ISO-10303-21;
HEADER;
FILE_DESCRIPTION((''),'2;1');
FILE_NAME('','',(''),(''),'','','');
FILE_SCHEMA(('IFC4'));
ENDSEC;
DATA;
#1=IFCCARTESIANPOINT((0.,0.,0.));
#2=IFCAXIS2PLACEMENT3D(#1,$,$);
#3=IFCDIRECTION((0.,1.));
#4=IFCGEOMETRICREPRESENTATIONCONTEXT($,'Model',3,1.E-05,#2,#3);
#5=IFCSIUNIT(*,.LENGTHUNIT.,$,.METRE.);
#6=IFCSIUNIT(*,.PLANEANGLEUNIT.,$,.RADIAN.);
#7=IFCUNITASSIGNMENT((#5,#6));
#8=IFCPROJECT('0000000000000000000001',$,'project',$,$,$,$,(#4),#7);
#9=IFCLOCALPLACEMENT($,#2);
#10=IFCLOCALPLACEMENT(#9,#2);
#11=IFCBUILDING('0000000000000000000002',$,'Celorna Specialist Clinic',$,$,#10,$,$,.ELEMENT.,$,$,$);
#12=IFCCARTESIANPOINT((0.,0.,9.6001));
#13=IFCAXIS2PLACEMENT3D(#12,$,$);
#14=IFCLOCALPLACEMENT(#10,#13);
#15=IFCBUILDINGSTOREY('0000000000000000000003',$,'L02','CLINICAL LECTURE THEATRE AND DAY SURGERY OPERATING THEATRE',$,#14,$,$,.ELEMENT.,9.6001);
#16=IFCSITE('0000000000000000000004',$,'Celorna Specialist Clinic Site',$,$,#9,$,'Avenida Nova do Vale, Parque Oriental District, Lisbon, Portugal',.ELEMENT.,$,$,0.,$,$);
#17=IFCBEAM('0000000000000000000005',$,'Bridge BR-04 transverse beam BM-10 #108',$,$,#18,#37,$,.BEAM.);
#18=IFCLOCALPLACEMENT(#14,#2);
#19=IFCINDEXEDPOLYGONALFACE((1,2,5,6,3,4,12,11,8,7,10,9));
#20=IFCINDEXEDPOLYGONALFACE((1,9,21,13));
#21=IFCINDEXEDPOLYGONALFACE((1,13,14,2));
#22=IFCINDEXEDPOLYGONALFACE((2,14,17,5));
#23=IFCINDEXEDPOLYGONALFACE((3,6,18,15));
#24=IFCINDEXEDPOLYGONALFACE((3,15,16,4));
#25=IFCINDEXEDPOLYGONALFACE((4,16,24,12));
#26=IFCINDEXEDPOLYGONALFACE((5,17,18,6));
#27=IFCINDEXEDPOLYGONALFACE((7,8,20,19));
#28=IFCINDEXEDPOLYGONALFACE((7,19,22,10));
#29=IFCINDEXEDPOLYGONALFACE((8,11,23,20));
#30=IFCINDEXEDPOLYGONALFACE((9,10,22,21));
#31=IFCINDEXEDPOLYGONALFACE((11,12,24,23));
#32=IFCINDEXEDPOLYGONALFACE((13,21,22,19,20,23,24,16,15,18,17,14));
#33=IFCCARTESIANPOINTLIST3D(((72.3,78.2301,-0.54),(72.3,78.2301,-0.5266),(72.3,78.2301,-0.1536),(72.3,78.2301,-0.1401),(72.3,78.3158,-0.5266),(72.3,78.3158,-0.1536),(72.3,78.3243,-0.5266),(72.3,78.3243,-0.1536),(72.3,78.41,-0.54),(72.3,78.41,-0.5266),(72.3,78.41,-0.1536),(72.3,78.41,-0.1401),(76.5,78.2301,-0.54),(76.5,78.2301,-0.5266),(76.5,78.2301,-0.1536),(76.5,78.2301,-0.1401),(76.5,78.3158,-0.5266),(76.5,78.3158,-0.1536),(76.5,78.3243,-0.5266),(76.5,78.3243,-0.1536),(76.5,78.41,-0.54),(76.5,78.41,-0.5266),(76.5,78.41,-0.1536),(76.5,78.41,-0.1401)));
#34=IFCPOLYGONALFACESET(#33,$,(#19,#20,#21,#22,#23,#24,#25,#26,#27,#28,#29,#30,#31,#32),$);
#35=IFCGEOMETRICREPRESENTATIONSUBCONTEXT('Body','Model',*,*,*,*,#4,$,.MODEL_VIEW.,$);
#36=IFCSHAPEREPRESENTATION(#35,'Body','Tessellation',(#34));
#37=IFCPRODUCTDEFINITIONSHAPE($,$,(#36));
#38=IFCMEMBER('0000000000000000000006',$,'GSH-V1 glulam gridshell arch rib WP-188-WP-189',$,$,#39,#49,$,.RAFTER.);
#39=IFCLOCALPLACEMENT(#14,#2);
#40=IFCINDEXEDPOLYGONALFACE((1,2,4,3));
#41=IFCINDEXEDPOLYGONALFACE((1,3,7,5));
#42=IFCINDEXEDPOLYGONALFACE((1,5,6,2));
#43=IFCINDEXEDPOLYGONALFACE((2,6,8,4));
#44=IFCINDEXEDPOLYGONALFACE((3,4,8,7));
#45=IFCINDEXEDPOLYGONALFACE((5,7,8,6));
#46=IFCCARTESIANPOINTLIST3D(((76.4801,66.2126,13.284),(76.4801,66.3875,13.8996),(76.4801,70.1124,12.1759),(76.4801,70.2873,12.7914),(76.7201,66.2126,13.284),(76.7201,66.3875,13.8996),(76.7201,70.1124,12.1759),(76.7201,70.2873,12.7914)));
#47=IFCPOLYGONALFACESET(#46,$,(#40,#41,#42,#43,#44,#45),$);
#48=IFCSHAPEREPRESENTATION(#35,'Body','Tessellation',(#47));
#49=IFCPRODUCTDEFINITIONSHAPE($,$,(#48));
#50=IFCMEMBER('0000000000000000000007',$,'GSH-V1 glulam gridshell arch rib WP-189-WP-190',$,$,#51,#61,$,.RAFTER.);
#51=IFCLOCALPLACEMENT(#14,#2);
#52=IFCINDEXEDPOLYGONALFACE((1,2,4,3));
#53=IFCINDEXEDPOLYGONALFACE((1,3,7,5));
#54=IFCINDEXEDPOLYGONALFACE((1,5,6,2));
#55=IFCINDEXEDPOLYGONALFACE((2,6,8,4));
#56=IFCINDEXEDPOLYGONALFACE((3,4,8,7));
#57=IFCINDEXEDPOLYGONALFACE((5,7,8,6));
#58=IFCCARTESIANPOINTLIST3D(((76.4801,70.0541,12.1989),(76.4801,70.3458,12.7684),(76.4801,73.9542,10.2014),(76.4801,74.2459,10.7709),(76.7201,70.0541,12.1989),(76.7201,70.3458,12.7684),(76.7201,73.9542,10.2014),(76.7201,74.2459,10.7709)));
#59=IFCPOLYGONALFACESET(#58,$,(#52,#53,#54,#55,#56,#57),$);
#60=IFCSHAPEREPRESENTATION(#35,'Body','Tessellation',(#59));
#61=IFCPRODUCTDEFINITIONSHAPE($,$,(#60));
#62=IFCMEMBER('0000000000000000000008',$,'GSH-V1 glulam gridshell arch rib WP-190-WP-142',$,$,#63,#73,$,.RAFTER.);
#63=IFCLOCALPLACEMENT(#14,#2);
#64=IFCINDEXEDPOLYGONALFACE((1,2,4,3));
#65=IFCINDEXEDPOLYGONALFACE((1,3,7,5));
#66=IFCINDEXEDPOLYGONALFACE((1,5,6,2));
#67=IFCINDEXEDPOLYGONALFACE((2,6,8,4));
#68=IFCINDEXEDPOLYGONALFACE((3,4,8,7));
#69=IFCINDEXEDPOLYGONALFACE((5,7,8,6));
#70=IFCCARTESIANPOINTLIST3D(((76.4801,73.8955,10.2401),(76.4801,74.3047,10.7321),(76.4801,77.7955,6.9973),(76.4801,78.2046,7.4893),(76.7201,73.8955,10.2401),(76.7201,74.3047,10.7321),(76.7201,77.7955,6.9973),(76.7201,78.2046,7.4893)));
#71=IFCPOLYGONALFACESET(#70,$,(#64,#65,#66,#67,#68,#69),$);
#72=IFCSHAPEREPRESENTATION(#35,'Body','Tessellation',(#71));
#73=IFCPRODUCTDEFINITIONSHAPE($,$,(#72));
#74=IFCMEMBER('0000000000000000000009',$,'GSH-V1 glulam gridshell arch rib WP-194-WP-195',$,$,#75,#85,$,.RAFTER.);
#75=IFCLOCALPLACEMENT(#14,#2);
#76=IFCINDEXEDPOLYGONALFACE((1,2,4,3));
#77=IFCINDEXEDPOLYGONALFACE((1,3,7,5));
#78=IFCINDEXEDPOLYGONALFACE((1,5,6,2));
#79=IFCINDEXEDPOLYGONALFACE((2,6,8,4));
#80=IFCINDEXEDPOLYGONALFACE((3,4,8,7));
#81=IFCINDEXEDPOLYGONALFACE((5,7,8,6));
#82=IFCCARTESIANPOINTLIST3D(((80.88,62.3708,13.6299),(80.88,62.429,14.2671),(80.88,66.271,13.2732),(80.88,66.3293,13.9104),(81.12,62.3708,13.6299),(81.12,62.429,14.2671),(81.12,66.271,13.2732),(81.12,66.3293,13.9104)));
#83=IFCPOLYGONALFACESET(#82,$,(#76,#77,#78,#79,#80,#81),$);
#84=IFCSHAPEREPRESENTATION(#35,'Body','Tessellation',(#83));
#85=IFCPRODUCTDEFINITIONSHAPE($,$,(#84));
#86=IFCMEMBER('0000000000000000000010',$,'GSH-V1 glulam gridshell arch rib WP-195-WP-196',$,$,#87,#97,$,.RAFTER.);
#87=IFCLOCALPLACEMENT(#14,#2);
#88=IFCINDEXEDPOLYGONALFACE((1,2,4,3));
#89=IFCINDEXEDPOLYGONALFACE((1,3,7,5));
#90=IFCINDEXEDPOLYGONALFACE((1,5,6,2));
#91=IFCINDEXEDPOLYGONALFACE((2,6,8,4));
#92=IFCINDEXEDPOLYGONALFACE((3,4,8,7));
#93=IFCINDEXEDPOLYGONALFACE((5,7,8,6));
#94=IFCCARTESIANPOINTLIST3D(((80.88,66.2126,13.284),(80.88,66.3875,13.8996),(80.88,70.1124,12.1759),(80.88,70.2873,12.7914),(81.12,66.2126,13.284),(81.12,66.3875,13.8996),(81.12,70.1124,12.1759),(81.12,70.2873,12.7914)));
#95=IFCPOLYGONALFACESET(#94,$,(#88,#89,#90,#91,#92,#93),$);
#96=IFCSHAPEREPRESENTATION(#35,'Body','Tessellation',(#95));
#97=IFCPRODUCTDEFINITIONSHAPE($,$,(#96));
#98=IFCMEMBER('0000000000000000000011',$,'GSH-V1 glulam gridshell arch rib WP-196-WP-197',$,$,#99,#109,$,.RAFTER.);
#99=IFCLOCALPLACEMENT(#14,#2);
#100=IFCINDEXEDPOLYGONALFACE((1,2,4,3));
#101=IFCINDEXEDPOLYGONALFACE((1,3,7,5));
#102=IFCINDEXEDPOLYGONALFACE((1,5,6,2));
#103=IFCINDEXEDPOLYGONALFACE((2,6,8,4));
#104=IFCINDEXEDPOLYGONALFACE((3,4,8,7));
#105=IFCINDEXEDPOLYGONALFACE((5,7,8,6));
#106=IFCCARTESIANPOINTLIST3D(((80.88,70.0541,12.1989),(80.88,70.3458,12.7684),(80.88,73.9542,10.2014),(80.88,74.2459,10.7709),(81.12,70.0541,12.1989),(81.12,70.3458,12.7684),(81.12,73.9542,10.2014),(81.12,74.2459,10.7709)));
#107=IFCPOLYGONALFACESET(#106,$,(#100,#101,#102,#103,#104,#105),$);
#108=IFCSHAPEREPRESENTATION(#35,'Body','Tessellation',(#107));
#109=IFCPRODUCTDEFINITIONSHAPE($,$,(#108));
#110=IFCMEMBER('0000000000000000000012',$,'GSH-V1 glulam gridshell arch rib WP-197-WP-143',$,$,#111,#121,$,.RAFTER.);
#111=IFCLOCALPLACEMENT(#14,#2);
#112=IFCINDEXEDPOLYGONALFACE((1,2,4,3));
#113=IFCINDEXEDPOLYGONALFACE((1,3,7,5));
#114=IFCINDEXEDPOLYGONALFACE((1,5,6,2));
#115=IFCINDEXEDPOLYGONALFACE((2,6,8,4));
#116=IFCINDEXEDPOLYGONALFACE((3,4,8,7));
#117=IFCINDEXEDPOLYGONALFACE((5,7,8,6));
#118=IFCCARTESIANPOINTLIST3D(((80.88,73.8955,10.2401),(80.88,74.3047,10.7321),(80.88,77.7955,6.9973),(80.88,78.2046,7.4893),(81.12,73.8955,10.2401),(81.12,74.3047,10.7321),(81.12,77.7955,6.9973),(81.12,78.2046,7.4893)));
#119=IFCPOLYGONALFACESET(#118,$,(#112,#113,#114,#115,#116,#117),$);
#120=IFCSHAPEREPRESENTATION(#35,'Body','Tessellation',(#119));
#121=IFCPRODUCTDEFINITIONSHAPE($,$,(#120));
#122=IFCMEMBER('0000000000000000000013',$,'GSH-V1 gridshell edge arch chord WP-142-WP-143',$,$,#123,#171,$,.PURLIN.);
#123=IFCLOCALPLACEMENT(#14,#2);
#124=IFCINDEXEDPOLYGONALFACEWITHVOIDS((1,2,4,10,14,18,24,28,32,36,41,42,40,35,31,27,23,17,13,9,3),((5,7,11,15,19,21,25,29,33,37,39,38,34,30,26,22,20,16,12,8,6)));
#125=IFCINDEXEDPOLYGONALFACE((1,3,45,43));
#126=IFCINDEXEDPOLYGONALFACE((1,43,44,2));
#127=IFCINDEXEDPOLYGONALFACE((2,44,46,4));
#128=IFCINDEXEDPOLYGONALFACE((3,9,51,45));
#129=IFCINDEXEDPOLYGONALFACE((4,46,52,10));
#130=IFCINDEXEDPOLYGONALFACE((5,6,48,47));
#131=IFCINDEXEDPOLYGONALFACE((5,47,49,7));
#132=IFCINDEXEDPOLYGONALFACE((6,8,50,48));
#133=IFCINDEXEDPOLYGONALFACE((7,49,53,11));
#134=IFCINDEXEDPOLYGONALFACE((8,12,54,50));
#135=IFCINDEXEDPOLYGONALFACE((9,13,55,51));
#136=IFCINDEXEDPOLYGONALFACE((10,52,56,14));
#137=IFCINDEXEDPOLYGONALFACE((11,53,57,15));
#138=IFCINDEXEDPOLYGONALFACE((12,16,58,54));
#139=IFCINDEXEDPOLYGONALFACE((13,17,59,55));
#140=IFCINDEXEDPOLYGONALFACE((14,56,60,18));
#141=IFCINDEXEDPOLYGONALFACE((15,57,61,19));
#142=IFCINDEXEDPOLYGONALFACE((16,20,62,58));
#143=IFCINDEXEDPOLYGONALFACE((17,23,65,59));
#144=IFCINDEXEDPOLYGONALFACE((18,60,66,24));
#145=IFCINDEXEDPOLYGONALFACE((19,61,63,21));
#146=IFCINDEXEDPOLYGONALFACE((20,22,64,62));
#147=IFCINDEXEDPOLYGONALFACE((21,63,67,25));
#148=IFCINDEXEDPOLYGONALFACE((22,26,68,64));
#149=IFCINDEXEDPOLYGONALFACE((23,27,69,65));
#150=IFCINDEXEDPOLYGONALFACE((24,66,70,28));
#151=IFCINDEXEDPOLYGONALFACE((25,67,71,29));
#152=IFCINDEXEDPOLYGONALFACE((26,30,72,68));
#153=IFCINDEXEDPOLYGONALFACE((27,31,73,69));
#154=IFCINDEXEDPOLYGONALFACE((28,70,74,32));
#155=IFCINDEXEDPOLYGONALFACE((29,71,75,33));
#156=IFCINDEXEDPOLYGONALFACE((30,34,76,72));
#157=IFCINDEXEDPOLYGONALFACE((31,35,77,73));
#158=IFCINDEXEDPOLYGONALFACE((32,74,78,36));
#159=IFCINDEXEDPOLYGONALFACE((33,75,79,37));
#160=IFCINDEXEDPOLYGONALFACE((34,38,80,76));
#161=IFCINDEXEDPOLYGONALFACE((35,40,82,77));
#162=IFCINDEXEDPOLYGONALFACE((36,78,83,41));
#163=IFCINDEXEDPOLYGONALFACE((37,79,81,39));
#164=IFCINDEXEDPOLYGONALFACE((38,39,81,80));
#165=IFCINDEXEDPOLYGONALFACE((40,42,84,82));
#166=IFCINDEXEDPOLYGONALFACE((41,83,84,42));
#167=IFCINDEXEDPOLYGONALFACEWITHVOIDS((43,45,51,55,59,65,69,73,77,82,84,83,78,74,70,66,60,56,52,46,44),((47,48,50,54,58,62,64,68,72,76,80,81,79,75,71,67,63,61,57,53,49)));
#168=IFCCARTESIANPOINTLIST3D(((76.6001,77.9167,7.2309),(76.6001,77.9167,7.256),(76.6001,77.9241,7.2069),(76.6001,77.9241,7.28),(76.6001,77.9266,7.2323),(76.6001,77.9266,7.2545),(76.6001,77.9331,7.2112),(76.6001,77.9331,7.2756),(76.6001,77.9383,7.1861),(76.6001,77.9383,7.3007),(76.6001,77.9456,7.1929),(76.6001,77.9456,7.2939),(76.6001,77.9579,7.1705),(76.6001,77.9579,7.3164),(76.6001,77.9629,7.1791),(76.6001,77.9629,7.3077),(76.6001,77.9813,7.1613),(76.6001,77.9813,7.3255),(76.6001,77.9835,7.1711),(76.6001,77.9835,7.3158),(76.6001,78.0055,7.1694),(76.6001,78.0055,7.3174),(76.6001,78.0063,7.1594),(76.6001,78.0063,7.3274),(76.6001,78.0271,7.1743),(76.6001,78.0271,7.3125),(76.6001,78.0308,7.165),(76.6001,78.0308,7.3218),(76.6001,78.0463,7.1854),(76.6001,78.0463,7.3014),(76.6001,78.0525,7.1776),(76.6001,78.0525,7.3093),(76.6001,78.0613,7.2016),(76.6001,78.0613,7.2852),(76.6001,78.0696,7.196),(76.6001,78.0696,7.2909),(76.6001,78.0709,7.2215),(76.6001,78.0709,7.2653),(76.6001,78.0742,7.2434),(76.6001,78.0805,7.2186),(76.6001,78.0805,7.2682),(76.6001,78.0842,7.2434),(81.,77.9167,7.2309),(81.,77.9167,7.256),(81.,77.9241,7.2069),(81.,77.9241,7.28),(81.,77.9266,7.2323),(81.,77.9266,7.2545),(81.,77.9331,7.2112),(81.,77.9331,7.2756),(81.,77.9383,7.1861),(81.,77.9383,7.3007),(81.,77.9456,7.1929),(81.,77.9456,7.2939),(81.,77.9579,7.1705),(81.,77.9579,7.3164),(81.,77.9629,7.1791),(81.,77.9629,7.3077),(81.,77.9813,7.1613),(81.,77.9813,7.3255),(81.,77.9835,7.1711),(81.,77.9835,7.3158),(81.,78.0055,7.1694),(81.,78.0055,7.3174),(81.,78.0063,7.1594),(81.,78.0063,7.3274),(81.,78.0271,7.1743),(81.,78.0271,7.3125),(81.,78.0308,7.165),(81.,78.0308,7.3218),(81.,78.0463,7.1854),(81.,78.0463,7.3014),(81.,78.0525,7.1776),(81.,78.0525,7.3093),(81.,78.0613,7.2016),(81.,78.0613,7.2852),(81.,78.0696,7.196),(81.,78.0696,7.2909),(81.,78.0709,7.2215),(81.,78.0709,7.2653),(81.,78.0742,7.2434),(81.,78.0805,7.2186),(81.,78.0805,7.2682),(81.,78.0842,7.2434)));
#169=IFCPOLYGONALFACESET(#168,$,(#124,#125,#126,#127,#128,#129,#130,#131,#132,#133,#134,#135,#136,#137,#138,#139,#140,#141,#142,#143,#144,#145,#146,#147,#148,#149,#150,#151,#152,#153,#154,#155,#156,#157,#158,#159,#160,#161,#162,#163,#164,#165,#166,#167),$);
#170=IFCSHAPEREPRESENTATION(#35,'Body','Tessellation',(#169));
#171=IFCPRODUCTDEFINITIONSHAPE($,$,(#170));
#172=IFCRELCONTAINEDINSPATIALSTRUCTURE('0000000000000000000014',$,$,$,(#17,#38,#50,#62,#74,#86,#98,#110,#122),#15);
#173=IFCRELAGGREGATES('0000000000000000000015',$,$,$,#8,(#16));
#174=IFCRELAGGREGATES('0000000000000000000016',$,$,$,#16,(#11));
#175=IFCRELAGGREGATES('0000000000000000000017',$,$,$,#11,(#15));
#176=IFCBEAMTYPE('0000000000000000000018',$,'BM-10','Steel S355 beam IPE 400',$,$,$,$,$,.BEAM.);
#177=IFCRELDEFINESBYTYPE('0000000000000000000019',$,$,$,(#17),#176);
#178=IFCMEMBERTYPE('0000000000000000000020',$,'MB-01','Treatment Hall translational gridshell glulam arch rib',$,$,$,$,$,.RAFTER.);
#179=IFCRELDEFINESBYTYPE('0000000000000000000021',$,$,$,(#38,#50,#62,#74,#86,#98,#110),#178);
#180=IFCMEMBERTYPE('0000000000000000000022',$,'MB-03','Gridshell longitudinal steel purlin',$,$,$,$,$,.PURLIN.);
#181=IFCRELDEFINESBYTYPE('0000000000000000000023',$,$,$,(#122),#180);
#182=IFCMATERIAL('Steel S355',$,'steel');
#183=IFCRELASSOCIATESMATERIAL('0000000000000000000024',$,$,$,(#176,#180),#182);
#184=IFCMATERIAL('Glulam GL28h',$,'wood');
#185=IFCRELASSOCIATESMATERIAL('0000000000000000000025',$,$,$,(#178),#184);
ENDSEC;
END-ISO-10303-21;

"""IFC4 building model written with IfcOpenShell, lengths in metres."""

from ifc_helpers import new_model, si_unit, direction, frame, origin, origin_2d, place, context, subcontext, project, spatial, rectangle, hollow_circle, i_section, extrude, material, material_profile, profile_set, type_object, element, save


model = new_model("IFC4")

# Units and contexts
model_context = context("Model", 3, precision=1e-05, world=origin(), true_north=direction((0.0, 1.0)))
body_context = subcontext(model_context, "Body", "Model", "MODEL_VIEW")
ifc_project = project(units=[si_unit("LENGTHUNIT", "METRE"), si_unit("PLANEANGLEUNIT", "RADIAN")], contexts=[model_context])

# Site, building, storey
site_placement = place(None, origin())
site = spatial("IfcSite", under=ifc_project, at=site_placement, Name="Celorna Specialist Clinic Site", LongName="Avenida Nova do Vale, Parque Oriental District, Lisbon, Portugal", CompositionType="ELEMENT", RefElevation=0.0)
building_placement = place(site_placement, origin())
building = spatial("IfcBuilding", under=site, at=building_placement, Name="Celorna Specialist Clinic", CompositionType="ELEMENT")
storey_placement = place(building_placement, frame((0.0, 0.0, 9.6001)))
storey = spatial("IfcBuildingStorey", under=building, at=storey_placement, Name="L02", Description="CLINICAL LECTURE THEATRE AND DAY SURGERY OPERATING THEATRE", CompositionType="ELEMENT", Elevation=9.6001)

# Shared definitions
ifc_material_1 = material(Name="Steel S355", Category="steel")

# Beam
ifc_material_profile_1 = material_profile(ifc_material_1, i_section(OverallWidth=0.1799, OverallDepth=0.3999, WebThickness=0.0085, FlangeThickness=0.0134, at=origin_2d()), Name="IPE 400")
ifc_profile_set_1 = profile_set([ifc_material_profile_1], Name="Steel S355")
beam_type_1 = type_object("IfcBeamType", Name="BM-10", Description="Steel S355 beam IPE 400", PredefinedType="BEAM", material=ifc_profile_set_1)
beam_placement = place(storey_placement, frame((72.3, 78.3201, -0.3401), z_axis=(1.0, 0.0, 0.0), x_axis=(0.0, 1.0, 0.0)))
element("IfcBeam", 1, at=beam_placement, inside=storey, type_object=beam_type_1, Name="Bridge BR-04 transverse beam BM-10 #108", PredefinedType="BEAM", context=body_context, shape_type="SweptSolid", body=[
    extrude(i_section(OverallWidth=0.1799, OverallDepth=0.3999, WebThickness=0.0085, FlangeThickness=0.0134, at=origin_2d()), origin(), (0.0, 0.0, 1.0), 4.2),
])

# Members
ifc_material_2 = material(Name="Glulam GL28h", Category="wood")
ifc_material_profile_2 = material_profile(ifc_material_2, rectangle(XDim=0.24, YDim=0.6399, at=origin_2d()), Name="GL28h 240x640")
ifc_profile_set_2 = profile_set([ifc_material_profile_2], Name="Glulam GL28h")
member_type_1 = type_object("IfcMemberType", Name="MB-01", Description="Treatment Hall translational gridshell glulam arch rib", PredefinedType="RAFTER", material=ifc_profile_set_2)
member_1_placement = place(storey_placement, frame((76.6001, 66.3, 13.5918), z_axis=(0.0, 0.961921, -0.273329), x_axis=(-1.0, 0.0, 0.0)))
element("IfcMember", 2, at=member_1_placement, inside=storey, type_object=member_type_1, Name="GSH-V1 glulam gridshell arch rib WP-188-WP-189", PredefinedType="RAFTER", context=body_context, shape_type="SweptSolid", body=[
    extrude(rectangle(XDim=0.24, YDim=0.6399, at=origin_2d()), origin(), (0.0, 0.0, 1.0), 4.0542),
])
member_2_placement = place(storey_placement, frame((76.6001, 70.2, 12.4836), z_axis=(0.0, 0.890051, -0.455862), x_axis=(-1.0, 0.0, 0.0)))
element("IfcMember", 3, at=member_2_placement, inside=storey, type_object=member_type_1, Name="GSH-V1 glulam gridshell arch rib WP-189-WP-190", PredefinedType="RAFTER", context=body_context, shape_type="SweptSolid", body=[
    extrude(rectangle(XDim=0.24, YDim=0.6399, at=origin_2d()), origin(), (0.0, 0.0, 1.0), 4.3818),
])
member_3_placement = place(storey_placement, frame((76.6001, 74.1001, 10.4861), z_axis=(0.0, 0.768923, -0.639341), x_axis=(-1.0, 0.0, 0.0)))
element("IfcMember", 4, at=member_3_placement, inside=storey, type_object=member_type_1, Name="GSH-V1 glulam gridshell arch rib WP-190-WP-142", PredefinedType="RAFTER", context=body_context, shape_type="SweptSolid", body=[
    extrude(rectangle(XDim=0.24, YDim=0.6399, at=origin_2d()), origin(), (0.0, 0.0, 1.0), 5.072),
])
member_4_placement = place(storey_placement, frame((81.0, 62.3999, 13.9485), z_axis=(0.0, 0.995844, -0.091075), x_axis=(-1.0, 0.0, 0.0)))
element("IfcMember", 5, at=member_4_placement, inside=storey, type_object=member_type_1, Name="GSH-V1 glulam gridshell arch rib WP-194-WP-195", PredefinedType="RAFTER", context=body_context, shape_type="SweptSolid", body=[
    extrude(rectangle(XDim=0.24, YDim=0.6399, at=origin_2d()), origin(), (0.0, 0.0, 1.0), 3.9165),
])
member_5_placement = place(storey_placement, frame((81.0, 66.3, 13.5918), z_axis=(0.0, 0.961921, -0.273329), x_axis=(-1.0, 0.0, 0.0)))
element("IfcMember", 6, at=member_5_placement, inside=storey, type_object=member_type_1, Name="GSH-V1 glulam gridshell arch rib WP-195-WP-196", PredefinedType="RAFTER", context=body_context, shape_type="SweptSolid", body=[
    extrude(rectangle(XDim=0.24, YDim=0.6399, at=origin_2d()), origin(), (0.0, 0.0, 1.0), 4.0542),
])
member_6_placement = place(storey_placement, frame((81.0, 70.2, 12.4836), z_axis=(0.0, 0.890051, -0.455862), x_axis=(-1.0, 0.0, 0.0)))
element("IfcMember", 7, at=member_6_placement, inside=storey, type_object=member_type_1, Name="GSH-V1 glulam gridshell arch rib WP-196-WP-197", PredefinedType="RAFTER", context=body_context, shape_type="SweptSolid", body=[
    extrude(rectangle(XDim=0.24, YDim=0.6399, at=origin_2d()), origin(), (0.0, 0.0, 1.0), 4.3818),
])
member_7_placement = place(storey_placement, frame((81.0, 74.1001, 10.4861), z_axis=(0.0, 0.768923, -0.639341), x_axis=(-1.0, 0.0, 0.0)))
element("IfcMember", 8, at=member_7_placement, inside=storey, type_object=member_type_1, Name="GSH-V1 glulam gridshell arch rib WP-197-WP-143", PredefinedType="RAFTER", context=body_context, shape_type="SweptSolid", body=[
    extrude(rectangle(XDim=0.24, YDim=0.6399, at=origin_2d()), origin(), (0.0, 0.0, 1.0), 5.072),
])
ifc_material_profile_3 = material_profile(ifc_material_1, hollow_circle(Radius=0.0842, WallThickness=0.01, at=origin_2d()), Name="CHS 168.3x10")
ifc_profile_set_3 = profile_set([ifc_material_profile_3], Name="Steel S355")
member_type_2 = type_object("IfcMemberType", Name="MB-03", Description="Gridshell longitudinal steel purlin", PredefinedType="PURLIN", material=ifc_profile_set_3)
member_8_placement = place(storey_placement, frame((76.6001, 78.0, 7.2434), z_axis=(1.0, 0.0, 0.0), x_axis=(0.0, 1.0, 0.0)))
element("IfcMember", 9, at=member_8_placement, inside=storey, type_object=member_type_2, Name="GSH-V1 gridshell edge arch chord WP-142-WP-143", PredefinedType="PURLIN", context=body_context, shape_type="SweptSolid", body=[
    extrude(hollow_circle(Radius=0.0842, WallThickness=0.01, at=origin_2d()), origin(), (0.0, 0.0, 1.0), 4.3999),
])

save(model, "model.ifc")
